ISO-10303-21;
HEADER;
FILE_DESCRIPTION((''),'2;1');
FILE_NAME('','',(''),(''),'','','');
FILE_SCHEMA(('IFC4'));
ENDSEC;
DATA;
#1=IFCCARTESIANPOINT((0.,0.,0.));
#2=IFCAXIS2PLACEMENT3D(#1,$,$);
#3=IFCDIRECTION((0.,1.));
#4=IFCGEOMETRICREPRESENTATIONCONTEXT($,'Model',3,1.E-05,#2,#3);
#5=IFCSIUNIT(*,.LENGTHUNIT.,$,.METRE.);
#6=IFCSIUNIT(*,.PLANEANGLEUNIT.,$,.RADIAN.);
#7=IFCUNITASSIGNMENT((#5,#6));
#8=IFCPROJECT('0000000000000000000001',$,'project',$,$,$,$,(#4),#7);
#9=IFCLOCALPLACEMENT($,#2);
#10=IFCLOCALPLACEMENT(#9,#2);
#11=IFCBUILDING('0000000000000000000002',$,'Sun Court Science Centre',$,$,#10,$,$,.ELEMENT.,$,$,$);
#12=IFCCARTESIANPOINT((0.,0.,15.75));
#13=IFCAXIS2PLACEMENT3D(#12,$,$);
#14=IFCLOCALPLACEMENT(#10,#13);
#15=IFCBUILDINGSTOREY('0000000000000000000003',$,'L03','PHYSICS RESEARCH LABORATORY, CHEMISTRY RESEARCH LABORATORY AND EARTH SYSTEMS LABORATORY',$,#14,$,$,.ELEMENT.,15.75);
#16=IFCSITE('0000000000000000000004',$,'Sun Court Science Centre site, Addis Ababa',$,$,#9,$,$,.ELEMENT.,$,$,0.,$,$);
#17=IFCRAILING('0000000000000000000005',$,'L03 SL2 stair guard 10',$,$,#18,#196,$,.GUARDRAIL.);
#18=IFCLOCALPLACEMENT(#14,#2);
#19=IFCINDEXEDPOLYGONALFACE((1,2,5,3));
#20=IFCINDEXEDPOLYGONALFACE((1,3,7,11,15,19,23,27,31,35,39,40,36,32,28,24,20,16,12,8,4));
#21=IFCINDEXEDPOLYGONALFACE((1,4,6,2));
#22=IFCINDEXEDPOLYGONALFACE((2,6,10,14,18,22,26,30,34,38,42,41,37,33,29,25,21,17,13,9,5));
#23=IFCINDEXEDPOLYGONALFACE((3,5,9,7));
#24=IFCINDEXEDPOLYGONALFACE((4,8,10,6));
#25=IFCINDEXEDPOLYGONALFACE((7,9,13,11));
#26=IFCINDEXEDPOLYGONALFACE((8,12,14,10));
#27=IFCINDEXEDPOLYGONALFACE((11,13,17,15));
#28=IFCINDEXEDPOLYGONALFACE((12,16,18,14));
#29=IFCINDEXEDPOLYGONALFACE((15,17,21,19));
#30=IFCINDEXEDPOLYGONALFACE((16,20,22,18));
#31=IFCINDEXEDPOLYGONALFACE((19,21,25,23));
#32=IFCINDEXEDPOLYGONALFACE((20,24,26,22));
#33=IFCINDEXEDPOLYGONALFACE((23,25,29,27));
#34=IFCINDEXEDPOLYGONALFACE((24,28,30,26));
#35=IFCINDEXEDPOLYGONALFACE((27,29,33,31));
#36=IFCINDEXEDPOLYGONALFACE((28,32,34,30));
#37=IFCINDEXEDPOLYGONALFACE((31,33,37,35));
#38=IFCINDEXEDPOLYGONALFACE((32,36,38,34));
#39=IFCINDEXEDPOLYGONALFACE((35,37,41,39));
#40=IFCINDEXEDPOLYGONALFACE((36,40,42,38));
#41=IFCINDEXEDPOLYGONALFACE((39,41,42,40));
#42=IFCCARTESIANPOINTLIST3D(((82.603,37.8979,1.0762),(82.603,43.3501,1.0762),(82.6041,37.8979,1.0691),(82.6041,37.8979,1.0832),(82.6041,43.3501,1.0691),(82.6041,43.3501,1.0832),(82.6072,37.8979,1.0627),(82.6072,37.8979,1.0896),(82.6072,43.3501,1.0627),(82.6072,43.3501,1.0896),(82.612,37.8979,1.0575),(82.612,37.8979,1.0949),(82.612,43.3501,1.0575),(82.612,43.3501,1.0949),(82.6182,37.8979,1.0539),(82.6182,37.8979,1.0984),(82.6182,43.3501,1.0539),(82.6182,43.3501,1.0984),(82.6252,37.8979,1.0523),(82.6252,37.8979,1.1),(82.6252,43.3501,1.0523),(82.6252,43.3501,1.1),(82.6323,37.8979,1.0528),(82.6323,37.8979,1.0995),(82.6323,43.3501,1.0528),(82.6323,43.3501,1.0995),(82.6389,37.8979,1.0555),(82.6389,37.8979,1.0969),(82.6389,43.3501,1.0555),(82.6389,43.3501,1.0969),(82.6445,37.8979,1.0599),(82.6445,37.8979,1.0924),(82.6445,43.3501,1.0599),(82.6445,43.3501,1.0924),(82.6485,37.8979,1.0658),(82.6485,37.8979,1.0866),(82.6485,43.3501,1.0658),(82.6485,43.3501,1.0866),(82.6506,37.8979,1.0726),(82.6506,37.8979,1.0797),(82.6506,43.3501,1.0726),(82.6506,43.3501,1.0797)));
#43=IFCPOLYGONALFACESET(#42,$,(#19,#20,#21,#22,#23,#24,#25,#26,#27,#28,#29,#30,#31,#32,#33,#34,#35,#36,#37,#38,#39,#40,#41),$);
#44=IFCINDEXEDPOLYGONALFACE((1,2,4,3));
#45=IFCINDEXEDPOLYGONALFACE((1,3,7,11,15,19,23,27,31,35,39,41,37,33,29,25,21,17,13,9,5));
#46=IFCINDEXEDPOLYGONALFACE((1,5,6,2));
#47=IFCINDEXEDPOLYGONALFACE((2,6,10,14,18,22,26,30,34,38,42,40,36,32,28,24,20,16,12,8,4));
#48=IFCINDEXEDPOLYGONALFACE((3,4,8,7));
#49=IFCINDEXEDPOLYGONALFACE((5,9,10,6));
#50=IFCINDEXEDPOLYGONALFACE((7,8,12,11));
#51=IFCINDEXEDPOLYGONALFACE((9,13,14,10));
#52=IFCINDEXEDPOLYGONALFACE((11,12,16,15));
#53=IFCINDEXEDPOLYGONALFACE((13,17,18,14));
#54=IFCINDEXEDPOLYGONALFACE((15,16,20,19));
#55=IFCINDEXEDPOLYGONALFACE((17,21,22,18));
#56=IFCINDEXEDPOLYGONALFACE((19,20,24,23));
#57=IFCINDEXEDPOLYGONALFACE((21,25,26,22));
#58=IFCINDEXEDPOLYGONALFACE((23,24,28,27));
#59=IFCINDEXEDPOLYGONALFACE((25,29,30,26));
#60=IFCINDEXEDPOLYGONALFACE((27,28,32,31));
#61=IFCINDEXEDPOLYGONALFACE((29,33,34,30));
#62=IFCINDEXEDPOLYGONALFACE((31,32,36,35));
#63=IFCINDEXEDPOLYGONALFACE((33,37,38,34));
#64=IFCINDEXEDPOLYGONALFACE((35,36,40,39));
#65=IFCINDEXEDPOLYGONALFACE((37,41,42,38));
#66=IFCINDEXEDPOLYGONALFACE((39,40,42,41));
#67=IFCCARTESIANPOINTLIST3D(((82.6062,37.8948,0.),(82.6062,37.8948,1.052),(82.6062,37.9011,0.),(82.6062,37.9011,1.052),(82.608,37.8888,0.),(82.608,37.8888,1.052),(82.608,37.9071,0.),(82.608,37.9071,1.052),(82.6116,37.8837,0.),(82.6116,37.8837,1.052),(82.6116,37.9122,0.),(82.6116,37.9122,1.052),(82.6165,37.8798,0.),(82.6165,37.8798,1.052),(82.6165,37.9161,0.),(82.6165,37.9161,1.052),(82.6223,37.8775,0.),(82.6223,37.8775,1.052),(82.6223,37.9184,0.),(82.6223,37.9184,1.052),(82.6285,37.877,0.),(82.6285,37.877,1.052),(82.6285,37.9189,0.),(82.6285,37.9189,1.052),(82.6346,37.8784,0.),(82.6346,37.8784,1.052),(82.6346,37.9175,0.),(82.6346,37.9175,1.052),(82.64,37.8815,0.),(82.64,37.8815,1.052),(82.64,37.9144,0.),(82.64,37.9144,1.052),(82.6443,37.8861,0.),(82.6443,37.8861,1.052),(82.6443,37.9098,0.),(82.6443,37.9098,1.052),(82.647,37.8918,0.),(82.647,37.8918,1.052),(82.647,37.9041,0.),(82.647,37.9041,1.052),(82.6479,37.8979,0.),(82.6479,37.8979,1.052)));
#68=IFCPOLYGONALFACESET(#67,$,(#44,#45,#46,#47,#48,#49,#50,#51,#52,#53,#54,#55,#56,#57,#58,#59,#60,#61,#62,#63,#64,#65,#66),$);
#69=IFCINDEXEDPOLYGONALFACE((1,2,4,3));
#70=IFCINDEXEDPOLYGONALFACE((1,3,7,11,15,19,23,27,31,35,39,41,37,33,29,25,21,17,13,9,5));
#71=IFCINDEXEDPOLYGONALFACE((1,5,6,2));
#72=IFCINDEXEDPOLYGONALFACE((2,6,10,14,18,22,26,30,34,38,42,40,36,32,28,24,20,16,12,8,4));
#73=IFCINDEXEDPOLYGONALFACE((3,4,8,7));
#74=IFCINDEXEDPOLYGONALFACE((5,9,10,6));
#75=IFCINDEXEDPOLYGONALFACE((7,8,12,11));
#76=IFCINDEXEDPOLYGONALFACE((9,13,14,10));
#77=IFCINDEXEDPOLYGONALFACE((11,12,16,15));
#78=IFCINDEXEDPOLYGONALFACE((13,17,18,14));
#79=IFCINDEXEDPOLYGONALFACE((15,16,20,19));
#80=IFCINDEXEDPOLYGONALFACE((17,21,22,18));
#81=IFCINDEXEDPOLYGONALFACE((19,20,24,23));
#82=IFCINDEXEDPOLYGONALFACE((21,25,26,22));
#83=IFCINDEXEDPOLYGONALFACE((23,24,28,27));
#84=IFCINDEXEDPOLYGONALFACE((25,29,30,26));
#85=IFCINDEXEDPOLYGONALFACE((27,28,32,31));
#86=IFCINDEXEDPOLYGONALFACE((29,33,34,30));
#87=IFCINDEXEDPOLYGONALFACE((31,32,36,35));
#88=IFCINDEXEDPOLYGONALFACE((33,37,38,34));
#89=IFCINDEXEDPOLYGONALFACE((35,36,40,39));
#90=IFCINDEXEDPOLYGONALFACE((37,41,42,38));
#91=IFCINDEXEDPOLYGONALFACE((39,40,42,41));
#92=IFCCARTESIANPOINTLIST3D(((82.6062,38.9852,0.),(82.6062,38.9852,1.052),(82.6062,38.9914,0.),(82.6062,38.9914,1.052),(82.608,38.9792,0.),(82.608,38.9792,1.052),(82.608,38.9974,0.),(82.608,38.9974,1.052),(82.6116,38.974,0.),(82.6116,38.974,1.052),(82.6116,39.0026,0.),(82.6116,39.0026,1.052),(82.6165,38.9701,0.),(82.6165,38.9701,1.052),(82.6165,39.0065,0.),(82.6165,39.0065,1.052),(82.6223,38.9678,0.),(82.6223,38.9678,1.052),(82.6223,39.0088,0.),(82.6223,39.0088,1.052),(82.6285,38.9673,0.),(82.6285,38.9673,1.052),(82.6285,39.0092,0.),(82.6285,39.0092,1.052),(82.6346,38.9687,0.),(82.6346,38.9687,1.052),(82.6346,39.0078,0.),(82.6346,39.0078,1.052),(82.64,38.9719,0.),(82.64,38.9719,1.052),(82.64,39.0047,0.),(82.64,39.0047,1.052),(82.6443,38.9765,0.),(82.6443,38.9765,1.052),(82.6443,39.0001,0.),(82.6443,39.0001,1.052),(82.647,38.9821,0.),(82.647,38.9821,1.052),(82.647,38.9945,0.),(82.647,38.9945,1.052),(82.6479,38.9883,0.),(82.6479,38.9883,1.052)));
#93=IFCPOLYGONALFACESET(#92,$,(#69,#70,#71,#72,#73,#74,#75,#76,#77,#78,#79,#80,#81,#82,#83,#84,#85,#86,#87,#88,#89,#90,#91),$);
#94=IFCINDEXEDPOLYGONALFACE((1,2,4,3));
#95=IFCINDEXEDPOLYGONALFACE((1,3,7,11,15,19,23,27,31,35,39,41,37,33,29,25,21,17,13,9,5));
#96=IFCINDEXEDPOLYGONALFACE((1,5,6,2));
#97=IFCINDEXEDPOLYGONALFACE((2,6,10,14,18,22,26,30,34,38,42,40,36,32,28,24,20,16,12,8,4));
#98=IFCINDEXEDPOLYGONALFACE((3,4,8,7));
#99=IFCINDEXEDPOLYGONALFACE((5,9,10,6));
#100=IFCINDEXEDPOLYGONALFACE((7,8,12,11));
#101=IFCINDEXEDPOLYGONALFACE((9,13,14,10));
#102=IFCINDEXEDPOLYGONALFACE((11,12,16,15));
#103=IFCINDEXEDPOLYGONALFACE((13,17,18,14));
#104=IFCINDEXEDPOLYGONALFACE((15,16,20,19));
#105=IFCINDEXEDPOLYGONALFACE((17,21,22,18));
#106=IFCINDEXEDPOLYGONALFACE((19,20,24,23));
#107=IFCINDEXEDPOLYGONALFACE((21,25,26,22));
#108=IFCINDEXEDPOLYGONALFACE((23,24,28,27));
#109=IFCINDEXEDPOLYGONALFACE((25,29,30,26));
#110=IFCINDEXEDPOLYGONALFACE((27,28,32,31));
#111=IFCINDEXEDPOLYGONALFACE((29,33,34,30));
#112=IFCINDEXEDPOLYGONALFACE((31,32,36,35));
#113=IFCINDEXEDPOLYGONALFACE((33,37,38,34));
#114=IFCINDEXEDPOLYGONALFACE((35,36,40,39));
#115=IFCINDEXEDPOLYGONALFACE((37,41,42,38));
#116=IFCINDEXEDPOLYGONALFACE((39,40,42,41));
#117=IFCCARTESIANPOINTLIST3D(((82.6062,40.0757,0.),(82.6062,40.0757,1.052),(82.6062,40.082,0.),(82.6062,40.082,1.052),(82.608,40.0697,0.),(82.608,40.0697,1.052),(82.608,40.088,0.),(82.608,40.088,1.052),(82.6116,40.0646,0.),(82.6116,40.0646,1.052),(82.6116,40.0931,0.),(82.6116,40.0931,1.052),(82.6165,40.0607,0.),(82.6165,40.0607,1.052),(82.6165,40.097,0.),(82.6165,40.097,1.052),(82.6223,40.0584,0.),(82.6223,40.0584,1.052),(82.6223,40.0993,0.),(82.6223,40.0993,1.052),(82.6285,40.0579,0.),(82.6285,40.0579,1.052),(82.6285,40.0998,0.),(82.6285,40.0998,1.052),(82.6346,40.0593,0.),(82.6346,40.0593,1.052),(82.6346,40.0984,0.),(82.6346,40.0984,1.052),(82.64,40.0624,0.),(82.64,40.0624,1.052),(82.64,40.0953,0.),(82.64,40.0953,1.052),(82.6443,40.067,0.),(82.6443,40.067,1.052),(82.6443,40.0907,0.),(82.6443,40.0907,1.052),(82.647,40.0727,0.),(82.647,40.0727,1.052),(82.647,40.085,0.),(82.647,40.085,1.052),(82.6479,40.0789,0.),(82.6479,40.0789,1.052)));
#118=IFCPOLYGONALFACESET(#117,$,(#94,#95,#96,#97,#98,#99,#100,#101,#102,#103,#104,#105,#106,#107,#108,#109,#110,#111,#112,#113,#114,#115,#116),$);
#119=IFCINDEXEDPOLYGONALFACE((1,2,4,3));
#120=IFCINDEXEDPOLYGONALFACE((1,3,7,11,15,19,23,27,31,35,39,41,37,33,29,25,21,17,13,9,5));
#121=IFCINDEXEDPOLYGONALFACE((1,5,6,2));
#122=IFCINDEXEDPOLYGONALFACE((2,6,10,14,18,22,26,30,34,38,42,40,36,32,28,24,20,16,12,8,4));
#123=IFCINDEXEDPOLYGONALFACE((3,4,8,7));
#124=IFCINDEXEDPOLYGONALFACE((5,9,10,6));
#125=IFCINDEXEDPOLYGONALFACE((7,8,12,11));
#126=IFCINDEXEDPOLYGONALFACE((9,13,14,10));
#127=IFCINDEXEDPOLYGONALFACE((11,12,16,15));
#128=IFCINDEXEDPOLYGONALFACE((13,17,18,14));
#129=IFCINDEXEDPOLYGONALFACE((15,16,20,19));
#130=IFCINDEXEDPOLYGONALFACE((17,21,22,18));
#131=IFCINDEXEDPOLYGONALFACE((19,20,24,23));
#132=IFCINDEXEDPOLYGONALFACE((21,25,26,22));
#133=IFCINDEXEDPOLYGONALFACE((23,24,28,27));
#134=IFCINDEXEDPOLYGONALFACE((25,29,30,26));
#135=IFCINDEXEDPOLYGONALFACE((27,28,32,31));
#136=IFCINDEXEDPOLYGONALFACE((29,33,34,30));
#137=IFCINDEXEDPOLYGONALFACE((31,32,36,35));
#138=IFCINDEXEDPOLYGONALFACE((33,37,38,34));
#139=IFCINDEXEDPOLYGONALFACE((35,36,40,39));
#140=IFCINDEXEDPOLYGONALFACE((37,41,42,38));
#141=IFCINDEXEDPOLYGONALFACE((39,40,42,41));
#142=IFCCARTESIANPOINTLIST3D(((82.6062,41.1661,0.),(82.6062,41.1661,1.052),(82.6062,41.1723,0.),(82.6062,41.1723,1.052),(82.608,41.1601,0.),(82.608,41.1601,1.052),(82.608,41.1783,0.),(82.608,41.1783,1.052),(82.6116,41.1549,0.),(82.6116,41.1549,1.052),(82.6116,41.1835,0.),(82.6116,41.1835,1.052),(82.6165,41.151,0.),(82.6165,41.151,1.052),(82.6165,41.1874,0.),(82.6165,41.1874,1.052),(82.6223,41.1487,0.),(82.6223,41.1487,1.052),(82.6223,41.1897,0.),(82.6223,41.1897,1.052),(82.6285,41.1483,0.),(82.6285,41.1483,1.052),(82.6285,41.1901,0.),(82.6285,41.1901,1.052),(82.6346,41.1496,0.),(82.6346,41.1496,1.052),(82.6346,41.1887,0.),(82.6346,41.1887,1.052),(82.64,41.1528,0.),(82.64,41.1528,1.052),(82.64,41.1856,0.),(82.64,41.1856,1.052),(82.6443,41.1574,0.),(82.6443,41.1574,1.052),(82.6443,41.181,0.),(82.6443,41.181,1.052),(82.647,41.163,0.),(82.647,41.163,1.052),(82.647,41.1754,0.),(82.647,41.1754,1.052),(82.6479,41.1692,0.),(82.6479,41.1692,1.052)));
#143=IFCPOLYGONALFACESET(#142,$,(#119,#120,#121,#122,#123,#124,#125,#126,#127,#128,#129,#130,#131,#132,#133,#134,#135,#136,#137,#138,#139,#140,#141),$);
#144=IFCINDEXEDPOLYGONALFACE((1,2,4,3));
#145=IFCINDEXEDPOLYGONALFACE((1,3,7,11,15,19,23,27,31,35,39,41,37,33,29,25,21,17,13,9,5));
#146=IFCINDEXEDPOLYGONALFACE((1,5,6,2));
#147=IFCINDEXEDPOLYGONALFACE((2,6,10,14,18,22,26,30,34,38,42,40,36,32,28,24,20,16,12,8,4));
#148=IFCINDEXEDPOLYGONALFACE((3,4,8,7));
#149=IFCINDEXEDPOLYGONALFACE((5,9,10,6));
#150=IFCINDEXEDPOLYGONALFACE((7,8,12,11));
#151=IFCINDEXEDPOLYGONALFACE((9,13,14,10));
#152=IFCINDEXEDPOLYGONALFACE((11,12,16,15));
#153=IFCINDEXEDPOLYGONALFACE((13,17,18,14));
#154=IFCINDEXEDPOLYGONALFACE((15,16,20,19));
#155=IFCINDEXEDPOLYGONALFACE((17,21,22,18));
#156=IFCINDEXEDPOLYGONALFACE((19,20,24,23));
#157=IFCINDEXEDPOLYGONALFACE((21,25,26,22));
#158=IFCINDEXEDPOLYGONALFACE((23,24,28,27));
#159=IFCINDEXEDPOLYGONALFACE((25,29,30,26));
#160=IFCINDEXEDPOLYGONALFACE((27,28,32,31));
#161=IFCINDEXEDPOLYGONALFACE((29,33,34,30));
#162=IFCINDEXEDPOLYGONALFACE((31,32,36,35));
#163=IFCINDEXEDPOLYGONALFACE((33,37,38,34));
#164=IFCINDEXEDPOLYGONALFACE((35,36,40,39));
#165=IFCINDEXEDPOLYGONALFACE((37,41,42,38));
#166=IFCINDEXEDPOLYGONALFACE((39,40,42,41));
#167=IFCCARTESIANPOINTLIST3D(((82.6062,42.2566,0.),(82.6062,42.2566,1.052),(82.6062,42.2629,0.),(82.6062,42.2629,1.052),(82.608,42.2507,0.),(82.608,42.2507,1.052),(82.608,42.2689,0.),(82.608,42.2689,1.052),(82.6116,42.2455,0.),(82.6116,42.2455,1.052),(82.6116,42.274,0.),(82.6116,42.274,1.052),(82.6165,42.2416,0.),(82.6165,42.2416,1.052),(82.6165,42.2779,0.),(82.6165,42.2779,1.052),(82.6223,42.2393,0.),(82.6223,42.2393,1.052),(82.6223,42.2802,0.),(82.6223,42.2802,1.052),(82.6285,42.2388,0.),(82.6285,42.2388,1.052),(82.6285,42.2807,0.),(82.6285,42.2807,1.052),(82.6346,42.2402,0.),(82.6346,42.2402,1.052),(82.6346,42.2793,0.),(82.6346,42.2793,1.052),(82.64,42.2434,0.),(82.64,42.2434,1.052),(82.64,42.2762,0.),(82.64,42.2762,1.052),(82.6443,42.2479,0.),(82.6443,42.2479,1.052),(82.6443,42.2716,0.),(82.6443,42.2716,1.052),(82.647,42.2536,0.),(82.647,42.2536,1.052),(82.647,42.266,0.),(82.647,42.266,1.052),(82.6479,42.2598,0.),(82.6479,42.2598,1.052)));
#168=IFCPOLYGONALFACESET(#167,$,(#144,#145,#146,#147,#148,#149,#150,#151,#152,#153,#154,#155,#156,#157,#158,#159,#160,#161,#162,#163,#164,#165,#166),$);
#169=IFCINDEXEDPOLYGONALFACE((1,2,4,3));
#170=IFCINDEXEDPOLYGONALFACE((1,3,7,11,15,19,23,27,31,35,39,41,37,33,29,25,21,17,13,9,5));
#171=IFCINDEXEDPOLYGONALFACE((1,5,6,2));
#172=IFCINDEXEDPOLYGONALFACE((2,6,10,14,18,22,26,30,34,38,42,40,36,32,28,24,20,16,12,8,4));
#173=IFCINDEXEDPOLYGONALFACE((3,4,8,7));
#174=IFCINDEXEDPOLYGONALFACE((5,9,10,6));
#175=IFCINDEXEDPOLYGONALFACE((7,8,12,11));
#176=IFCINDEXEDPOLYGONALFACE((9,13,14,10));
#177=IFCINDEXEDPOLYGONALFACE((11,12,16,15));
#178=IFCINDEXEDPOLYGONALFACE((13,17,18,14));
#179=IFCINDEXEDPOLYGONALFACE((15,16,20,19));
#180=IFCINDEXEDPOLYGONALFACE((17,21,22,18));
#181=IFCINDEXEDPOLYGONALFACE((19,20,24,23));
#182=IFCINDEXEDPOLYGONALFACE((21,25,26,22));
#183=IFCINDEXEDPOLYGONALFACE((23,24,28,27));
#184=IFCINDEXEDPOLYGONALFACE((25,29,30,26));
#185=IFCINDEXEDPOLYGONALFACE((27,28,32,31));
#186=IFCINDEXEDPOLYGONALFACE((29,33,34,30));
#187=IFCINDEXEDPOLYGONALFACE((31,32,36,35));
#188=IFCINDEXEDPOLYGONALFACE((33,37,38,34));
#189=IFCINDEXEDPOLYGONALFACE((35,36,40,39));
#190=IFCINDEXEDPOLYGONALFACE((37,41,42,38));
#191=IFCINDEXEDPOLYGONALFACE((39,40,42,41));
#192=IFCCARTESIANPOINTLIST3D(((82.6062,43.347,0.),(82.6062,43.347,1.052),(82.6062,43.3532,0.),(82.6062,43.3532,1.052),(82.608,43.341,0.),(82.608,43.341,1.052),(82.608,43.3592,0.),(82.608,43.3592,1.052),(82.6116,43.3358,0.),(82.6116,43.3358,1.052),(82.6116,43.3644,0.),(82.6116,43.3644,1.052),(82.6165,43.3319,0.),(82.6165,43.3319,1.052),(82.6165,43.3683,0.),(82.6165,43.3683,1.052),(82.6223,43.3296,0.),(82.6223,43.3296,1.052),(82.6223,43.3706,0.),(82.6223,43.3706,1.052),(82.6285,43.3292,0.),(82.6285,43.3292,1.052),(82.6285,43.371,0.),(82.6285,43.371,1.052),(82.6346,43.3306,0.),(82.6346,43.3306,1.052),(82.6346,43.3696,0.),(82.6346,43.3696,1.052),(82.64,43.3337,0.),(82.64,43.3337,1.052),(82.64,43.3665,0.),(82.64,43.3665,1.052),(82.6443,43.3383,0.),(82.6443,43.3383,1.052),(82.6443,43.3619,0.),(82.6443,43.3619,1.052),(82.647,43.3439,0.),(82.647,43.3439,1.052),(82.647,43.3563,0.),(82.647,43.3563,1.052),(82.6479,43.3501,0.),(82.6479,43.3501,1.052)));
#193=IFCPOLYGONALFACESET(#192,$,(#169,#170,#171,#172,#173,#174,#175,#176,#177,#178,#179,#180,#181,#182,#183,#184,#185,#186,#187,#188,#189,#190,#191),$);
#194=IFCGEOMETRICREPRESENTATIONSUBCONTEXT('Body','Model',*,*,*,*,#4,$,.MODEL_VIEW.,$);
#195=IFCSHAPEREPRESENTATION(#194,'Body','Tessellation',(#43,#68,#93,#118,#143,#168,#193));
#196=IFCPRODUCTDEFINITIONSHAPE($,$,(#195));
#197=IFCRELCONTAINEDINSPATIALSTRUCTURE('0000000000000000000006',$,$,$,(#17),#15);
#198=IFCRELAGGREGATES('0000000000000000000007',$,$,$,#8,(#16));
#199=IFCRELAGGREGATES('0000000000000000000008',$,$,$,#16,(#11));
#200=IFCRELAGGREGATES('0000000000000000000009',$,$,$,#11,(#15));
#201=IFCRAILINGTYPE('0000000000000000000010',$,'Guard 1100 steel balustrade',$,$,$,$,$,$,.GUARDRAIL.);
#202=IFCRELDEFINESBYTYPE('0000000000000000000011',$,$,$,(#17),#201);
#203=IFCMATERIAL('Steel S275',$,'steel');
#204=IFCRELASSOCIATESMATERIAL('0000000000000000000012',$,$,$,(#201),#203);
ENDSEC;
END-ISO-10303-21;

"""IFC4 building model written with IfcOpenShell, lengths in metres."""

from ifc_helpers import new_model, si_unit, direction, frame, origin, origin_2d, place, context, subcontext, project, spatial, circle, extrude, material, type_object, element, save


model = new_model("IFC4")

# Units and contexts
model_context = context("Model", 3, precision=1e-05, world=origin(), true_north=direction((0.0, 1.0)))
body_context = subcontext(model_context, "Body", "Model", "MODEL_VIEW")
ifc_project = project(units=[si_unit("LENGTHUNIT", "METRE"), si_unit("PLANEANGLEUNIT", "RADIAN")], contexts=[model_context])

# Site, building, storey
site_placement = place(None, origin())
site = spatial("IfcSite", under=ifc_project, at=site_placement, Name="Sun Court Science Centre site, Addis Ababa", CompositionType="ELEMENT", RefElevation=0.0)
building_placement = place(site_placement, origin())
building = spatial("IfcBuilding", under=site, at=building_placement, Name="Sun Court Science Centre", CompositionType="ELEMENT")
storey_placement = place(building_placement, frame((0.0, 0.0, 15.75)))
storey = spatial("IfcBuildingStorey", under=building, at=storey_placement, Name="L03", Description="PHYSICS RESEARCH LABORATORY, CHEMISTRY RESEARCH LABORATORY AND EARTH SYSTEMS LABORATORY", CompositionType="ELEMENT", Elevation=15.75)

# Railing
ifc_material_1 = material(Name="Steel S275", Category="steel")
railing_type = type_object("IfcRailingType", Name="Guard 1100 steel balustrade", PredefinedType="GUARDRAIL", material=ifc_material_1)
for number, where, name in (
    (1, (82.627, 37.8979, 0.0), "L03 SL2 stair guard 10"),
):
    element("IfcRailing", number, at=place(storey_placement, frame(where)), inside=storey, type_object=railing_type, Name=name, PredefinedType="GUARDRAIL", context=body_context, shape_type="SweptSolid", body=[
        extrude(circle(Radius=0.0239, at=origin_2d()), frame((0.0, 0.0, 1.0762), z_axis=(0.0, 1.0, 0.0), x_axis=(-1.0, 0.0, 0.0)), (0.0, 0.0, 1.0), 5.4521),
        extrude(circle(Radius=0.021, at=origin_2d()), origin(), (0.0, 0.0, 1.0), 1.052),
        extrude(circle(Radius=0.021, at=origin_2d()), frame((0.0, 1.0903, 0.0)), (0.0, 0.0, 1.0), 1.052),
        extrude(circle(Radius=0.021, at=origin_2d()), frame((0.0, 2.1809, 0.0)), (0.0, 0.0, 1.0), 1.052),
        extrude(circle(Radius=0.021, at=origin_2d()), frame((0.0, 3.2712, 0.0)), (0.0, 0.0, 1.0), 1.052),
        extrude(circle(Radius=0.021, at=origin_2d()), frame((0.0, 4.3618, 0.0)), (0.0, 0.0, 1.0), 1.052),
        extrude(circle(Radius=0.021, at=origin_2d()), frame((0.0, 5.4521, 0.0)), (0.0, 0.0, 1.0), 1.052),
    ])

save(model, "model.ifc")
